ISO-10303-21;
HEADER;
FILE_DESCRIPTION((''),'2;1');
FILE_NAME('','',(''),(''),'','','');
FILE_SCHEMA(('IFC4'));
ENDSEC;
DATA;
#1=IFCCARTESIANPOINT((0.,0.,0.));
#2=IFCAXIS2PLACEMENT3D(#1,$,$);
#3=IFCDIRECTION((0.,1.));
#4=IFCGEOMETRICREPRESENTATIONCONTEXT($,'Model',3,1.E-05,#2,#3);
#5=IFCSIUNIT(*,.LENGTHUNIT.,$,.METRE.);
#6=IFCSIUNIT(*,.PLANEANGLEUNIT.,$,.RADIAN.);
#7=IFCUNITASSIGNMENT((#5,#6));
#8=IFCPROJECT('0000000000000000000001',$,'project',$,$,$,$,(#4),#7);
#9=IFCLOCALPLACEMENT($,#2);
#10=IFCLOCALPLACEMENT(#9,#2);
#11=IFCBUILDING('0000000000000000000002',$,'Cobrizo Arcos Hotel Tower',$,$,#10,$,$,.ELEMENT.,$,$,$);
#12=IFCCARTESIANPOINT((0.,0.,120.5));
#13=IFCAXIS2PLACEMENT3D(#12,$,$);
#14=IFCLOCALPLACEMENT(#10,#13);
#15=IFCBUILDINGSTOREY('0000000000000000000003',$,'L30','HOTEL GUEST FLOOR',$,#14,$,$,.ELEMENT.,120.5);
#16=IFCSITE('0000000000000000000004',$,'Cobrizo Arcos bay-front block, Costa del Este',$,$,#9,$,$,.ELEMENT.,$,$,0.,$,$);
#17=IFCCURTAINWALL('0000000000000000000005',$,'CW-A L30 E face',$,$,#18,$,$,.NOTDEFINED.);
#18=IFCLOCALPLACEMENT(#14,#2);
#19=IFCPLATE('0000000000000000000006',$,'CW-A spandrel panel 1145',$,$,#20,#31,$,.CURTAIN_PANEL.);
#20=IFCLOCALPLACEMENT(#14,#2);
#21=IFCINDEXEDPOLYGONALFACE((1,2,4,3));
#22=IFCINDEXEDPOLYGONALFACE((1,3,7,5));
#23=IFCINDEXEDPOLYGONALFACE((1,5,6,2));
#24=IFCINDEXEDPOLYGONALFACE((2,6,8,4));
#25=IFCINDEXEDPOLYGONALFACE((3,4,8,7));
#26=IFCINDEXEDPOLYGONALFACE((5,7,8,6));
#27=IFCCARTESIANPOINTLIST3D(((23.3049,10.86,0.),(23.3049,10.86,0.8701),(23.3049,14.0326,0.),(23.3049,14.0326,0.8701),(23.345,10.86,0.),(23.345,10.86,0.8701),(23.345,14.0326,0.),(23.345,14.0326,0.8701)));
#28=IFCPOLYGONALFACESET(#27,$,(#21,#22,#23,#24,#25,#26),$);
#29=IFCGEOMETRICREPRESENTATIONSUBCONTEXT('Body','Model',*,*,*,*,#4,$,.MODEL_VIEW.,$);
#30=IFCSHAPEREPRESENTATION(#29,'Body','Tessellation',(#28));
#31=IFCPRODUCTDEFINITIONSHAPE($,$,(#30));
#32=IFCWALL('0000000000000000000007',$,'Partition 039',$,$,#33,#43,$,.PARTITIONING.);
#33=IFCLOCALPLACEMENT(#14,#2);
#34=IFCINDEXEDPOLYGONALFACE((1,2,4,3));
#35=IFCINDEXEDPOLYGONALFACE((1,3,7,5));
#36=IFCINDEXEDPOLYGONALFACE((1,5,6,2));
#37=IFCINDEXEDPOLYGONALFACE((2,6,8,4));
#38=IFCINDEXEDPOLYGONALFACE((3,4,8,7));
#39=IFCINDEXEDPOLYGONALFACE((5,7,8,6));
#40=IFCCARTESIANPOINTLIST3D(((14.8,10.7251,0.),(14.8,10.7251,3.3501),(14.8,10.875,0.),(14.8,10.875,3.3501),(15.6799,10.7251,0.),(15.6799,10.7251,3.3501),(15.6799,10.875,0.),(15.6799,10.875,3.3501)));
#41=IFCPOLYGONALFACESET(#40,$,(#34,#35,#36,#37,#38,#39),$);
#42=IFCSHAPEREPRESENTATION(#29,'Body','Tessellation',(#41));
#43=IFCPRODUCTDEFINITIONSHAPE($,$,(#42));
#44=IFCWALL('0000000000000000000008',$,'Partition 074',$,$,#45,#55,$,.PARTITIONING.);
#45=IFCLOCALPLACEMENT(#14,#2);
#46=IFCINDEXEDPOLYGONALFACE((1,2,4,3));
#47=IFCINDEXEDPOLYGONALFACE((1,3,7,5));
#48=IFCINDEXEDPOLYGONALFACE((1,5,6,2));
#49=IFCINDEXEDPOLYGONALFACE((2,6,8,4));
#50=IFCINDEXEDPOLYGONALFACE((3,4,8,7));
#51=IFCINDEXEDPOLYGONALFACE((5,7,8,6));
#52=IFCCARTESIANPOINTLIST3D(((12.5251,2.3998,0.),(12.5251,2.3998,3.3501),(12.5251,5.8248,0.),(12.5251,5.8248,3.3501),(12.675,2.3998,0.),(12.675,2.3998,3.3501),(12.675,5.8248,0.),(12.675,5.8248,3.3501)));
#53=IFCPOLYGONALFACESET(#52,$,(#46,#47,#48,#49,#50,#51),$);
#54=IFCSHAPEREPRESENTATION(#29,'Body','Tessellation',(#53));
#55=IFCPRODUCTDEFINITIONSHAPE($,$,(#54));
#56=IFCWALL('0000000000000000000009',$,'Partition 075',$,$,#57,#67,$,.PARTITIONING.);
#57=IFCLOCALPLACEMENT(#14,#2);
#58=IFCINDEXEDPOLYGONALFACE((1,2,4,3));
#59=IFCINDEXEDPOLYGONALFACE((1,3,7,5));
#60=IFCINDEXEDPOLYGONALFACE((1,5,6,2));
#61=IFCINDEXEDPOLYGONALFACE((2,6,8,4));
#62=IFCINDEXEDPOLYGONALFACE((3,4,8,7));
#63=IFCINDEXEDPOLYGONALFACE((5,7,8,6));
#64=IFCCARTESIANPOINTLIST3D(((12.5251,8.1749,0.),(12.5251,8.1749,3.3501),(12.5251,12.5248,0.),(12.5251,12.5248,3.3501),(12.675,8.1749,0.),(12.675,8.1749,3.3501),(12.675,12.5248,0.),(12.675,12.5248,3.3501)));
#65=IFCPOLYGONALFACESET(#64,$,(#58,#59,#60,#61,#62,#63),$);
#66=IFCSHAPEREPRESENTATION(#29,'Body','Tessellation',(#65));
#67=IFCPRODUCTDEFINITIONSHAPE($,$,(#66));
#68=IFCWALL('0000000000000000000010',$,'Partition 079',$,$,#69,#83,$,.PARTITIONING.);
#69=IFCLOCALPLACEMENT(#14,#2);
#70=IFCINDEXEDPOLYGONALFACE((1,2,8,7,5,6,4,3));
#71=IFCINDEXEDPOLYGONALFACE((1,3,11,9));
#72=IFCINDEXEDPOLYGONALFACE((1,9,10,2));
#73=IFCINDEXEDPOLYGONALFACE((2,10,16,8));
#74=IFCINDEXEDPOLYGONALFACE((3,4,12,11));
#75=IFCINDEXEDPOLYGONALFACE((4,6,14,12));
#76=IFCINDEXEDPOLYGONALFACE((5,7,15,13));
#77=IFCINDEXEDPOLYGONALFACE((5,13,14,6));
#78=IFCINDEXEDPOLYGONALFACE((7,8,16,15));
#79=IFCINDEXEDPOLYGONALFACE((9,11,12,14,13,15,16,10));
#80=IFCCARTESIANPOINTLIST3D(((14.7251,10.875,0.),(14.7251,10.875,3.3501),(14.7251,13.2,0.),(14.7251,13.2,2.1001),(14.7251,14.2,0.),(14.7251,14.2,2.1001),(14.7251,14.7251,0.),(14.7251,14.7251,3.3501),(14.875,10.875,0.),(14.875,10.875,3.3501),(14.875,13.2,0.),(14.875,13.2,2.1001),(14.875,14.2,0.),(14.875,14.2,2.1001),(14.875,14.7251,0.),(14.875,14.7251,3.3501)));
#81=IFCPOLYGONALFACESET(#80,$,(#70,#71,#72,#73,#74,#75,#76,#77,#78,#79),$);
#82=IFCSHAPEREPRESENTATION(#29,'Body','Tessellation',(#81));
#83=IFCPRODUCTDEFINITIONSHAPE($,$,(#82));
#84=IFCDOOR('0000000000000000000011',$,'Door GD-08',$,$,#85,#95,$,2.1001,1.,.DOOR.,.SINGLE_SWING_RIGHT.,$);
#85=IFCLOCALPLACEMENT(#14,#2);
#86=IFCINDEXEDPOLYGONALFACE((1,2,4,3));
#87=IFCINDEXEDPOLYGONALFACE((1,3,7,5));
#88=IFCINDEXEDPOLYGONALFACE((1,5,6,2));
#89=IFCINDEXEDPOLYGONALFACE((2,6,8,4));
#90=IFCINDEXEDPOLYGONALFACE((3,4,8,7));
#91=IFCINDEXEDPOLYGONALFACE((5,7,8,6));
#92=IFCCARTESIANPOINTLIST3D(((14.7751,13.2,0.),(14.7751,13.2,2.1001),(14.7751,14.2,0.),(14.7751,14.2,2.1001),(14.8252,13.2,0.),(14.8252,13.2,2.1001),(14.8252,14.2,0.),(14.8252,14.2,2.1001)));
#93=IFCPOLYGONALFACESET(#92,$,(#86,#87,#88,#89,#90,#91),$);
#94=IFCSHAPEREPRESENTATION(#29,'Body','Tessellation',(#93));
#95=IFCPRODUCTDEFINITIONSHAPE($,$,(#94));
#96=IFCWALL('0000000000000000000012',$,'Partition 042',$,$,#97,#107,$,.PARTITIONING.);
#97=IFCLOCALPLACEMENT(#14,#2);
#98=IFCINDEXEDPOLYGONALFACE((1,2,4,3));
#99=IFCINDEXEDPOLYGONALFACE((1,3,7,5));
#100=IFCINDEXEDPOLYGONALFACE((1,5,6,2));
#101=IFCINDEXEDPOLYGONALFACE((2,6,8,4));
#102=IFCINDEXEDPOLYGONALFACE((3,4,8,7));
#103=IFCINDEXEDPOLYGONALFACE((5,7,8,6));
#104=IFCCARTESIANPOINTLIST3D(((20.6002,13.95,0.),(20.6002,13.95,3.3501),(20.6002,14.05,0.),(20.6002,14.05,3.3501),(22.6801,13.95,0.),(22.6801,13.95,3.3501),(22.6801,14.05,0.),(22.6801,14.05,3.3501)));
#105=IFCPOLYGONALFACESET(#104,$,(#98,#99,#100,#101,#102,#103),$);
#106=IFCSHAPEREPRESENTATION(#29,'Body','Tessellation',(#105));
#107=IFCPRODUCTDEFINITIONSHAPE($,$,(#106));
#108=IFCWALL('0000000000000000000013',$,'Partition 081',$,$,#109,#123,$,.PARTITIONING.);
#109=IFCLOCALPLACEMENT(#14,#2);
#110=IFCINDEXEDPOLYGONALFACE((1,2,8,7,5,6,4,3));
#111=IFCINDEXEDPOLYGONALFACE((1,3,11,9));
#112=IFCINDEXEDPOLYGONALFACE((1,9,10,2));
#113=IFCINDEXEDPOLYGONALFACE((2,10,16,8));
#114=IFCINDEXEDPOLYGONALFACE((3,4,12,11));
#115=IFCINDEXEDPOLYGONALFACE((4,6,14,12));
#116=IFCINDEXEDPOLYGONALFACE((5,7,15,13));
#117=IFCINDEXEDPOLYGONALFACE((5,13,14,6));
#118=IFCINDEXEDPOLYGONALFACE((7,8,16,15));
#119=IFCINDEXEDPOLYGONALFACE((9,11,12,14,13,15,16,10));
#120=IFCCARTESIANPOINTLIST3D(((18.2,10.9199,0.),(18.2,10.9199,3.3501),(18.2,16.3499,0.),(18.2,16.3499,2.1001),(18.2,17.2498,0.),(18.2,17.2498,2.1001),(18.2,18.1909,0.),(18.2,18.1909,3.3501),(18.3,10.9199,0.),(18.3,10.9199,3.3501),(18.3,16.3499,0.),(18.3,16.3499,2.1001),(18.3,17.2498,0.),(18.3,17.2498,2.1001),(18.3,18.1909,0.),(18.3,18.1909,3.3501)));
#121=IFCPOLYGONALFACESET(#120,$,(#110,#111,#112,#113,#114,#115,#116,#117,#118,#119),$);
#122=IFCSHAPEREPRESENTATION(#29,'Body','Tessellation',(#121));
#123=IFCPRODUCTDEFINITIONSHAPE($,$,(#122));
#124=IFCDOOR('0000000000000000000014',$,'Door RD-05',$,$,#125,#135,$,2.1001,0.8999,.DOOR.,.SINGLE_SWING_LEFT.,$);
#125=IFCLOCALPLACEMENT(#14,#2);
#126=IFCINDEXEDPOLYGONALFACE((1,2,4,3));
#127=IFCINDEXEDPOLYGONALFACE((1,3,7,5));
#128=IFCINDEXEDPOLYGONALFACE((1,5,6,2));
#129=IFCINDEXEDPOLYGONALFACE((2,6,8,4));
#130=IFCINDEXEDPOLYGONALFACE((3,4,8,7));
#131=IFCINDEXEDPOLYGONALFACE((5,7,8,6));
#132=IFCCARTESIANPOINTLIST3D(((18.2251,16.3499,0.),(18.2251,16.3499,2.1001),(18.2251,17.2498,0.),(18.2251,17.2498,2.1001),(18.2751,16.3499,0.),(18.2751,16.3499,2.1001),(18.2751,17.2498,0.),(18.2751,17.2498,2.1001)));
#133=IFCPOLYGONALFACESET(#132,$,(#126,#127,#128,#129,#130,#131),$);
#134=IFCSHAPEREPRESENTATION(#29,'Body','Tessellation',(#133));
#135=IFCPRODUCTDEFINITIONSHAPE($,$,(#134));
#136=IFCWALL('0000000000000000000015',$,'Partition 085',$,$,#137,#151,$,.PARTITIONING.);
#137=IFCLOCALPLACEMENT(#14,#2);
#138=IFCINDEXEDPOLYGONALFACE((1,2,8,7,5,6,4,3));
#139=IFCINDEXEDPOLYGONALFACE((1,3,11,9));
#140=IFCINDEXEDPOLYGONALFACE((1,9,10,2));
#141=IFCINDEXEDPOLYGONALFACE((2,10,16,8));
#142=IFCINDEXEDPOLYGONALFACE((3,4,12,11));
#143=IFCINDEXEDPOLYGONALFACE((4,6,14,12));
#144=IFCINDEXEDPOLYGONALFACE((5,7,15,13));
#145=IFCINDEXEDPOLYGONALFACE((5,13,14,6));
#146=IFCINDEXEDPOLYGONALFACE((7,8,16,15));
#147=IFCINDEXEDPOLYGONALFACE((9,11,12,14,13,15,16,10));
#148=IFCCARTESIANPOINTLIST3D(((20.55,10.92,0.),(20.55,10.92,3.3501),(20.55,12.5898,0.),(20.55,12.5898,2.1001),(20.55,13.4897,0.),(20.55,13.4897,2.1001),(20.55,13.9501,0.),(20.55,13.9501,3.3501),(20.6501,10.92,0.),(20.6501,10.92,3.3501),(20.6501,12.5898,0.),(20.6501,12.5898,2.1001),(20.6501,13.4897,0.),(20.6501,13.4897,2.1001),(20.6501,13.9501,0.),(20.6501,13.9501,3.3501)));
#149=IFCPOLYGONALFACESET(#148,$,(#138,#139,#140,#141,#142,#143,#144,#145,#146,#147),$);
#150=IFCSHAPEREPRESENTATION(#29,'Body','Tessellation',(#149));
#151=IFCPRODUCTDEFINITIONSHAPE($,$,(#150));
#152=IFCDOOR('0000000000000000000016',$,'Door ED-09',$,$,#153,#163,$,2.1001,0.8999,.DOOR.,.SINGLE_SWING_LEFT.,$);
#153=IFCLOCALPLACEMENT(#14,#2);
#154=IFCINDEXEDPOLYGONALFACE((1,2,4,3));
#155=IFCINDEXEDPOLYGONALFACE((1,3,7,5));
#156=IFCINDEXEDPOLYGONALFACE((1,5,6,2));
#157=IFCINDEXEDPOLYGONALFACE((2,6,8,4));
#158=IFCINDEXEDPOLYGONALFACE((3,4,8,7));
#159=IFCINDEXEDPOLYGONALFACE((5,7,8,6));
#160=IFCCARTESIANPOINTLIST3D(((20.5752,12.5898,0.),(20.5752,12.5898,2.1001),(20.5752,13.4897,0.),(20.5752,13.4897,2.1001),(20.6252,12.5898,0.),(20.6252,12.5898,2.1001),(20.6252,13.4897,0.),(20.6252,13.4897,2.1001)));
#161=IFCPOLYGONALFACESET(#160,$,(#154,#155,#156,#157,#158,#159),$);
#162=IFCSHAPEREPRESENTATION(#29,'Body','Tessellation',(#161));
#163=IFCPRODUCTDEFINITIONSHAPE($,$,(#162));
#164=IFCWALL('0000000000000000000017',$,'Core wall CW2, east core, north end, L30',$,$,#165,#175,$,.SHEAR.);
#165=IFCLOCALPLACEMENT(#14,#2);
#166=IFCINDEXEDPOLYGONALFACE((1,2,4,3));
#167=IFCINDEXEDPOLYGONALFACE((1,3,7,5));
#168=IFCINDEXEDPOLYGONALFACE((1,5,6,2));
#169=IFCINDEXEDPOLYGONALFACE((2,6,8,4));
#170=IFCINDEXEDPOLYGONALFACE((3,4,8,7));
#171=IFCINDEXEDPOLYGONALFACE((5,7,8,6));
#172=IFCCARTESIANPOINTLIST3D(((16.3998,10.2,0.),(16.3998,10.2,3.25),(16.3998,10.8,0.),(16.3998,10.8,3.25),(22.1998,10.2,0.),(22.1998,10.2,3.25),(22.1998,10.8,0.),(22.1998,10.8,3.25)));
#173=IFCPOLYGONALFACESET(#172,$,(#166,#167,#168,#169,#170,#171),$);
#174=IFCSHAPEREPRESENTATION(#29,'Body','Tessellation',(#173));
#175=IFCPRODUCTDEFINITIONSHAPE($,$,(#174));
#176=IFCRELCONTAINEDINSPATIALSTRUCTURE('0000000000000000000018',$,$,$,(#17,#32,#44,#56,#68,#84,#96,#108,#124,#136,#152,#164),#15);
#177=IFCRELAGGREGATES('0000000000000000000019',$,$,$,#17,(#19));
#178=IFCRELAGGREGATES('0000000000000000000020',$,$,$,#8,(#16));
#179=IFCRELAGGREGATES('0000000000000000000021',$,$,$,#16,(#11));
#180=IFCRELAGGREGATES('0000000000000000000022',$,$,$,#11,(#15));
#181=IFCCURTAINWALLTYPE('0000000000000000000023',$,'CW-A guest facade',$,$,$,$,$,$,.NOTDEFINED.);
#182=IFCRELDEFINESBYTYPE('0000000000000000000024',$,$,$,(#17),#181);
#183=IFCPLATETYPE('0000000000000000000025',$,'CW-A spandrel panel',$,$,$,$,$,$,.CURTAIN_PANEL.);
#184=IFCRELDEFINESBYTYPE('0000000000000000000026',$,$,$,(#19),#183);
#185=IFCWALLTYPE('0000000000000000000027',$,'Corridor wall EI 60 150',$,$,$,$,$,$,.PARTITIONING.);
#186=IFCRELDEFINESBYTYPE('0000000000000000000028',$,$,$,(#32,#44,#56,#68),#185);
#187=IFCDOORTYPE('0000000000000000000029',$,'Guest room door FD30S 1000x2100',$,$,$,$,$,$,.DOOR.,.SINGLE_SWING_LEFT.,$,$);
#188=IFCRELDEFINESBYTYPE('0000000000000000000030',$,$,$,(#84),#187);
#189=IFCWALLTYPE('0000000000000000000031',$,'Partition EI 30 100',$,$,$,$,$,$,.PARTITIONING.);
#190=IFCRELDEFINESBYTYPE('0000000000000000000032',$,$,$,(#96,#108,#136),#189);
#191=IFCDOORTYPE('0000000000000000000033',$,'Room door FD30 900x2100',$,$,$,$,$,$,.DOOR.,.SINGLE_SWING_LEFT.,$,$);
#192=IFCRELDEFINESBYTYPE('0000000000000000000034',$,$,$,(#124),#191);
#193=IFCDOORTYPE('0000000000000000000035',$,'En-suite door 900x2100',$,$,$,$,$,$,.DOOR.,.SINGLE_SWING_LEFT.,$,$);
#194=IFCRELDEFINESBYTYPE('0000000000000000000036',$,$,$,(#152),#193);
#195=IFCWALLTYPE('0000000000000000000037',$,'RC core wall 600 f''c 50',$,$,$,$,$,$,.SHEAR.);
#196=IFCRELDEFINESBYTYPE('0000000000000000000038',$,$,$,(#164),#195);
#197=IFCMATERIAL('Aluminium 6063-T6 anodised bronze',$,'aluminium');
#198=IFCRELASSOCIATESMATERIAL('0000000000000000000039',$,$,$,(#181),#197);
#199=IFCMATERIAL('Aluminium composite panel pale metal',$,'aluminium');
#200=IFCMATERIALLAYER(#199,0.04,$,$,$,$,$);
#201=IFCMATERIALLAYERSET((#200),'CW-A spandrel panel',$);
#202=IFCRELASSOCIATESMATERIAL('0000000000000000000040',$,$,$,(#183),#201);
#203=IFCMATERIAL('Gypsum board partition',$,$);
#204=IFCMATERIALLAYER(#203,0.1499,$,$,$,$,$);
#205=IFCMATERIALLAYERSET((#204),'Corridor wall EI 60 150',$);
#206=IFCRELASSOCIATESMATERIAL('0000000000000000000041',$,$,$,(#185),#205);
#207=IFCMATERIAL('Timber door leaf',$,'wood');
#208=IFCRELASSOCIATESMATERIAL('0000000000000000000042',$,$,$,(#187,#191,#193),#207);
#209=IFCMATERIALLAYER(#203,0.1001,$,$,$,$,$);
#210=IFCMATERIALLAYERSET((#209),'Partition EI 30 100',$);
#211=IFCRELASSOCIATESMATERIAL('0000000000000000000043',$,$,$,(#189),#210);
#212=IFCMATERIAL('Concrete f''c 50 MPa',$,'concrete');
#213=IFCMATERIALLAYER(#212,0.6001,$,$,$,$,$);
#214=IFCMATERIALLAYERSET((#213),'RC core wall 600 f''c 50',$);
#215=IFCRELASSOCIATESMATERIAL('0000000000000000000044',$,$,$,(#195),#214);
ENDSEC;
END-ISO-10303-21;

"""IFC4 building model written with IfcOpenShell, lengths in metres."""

from ifc_helpers import new_model, si_unit, direction, frame, frame_2d, origin, origin_2d, place, context, subcontext, project, spatial, rectangle, extrude, material, layer, layer_set, type_object, element, fill, aggregate, save


model = new_model("IFC4")

# Units and contexts
model_context = context("Model", 3, precision=1e-05, world=origin(), true_north=direction((0.0, 1.0)))
body_context = subcontext(model_context, "Body", "Model", "MODEL_VIEW")
ifc_project = project(units=[si_unit("LENGTHUNIT", "METRE"), si_unit("PLANEANGLEUNIT", "RADIAN")], contexts=[model_context])

# Site, building, storey
site_placement = place(None, origin())
site = spatial("IfcSite", under=ifc_project, at=site_placement, Name="Cobrizo Arcos bay-front block, Costa del Este", CompositionType="ELEMENT", RefElevation=0.0)
building_placement = place(site_placement, origin())
building = spatial("IfcBuilding", under=site, at=building_placement, Name="Cobrizo Arcos Hotel Tower", CompositionType="ELEMENT")
storey_placement = place(building_placement, frame((0.0, 0.0, 120.5)))
storey = spatial("IfcBuildingStorey", under=building, at=storey_placement, Name="L30", Description="HOTEL GUEST FLOOR", CompositionType="ELEMENT", Elevation=120.5)

# Curtain wall
ifc_material_1 = material(Name="Aluminium 6063-T6 anodised bronze", Category="aluminium")
curtain_wall_type = type_object("IfcCurtainWallType", Name="CW-A guest facade", PredefinedType="NOTDEFINED", material=ifc_material_1)
curtain_wall_placement = place(storey_placement, origin())
curtain_wall = element("IfcCurtainWall", 1, at=curtain_wall_placement, inside=storey, type_object=curtain_wall_type, Name="CW-A L30 E face", PredefinedType="NOTDEFINED")

# Plate
ifc_material_2 = material(Name="Aluminium composite panel pale metal", Category="aluminium")
ifc_layer_1 = layer(ifc_material_2, 0.04)
ifc_layer_set_1 = layer_set([ifc_layer_1], Name="CW-A spandrel panel")
plate_type_1 = type_object("IfcPlateType", Name="CW-A spandrel panel", PredefinedType="CURTAIN_PANEL", material=ifc_layer_set_1)
plate_1_placement = place(storey_placement, frame((23.325, 12.4463, 0.0), z_axis=(0.0, 0.0, 1.0), x_axis=(0.0, 1.0, 0.0)))
plate_1 = element("IfcPlate", 2, at=plate_1_placement, type_object=plate_type_1, Name="CW-A spandrel panel 1145", PredefinedType="CURTAIN_PANEL", context=body_context, shape_type="SweptSolid", body=[
    extrude(rectangle(XDim=3.1726, YDim=0.04, at=origin_2d()), origin(), (0.0, 0.0, 1.0), 0.8701),
])
aggregate(curtain_wall, [plate_1])

# Walls
ifc_material_3 = material(Name="Gypsum board partition")
ifc_layer_2 = layer(ifc_material_3, 0.1499)
ifc_layer_set_2 = layer_set([ifc_layer_2], Name="Corridor wall EI 60 150")
wall_type_1 = type_object("IfcWallType", Name="Corridor wall EI 60 150", PredefinedType="PARTITIONING", material=ifc_layer_set_2)
wall_1_placement = place(storey_placement, frame((14.8, 10.8, 0.0), z_axis=(0.0, 0.0, 1.0), x_axis=(1.0, 0.0, 0.0)))
element("IfcWall", 3, at=wall_1_placement, inside=storey, type_object=wall_type_1, Name="Partition 039", PredefinedType="PARTITIONING", context=body_context, shape_type="SweptSolid", body=[
    extrude(rectangle(XDim=0.8799, YDim=0.1499, at=frame_2d((0.4399, 0.0))), origin(), (0.0, 0.0, 1.0), 3.3501),
])
wall_2_placement = place(storey_placement, frame((12.6001, 2.3999, 0.0), z_axis=(0.0, 0.0, 1.0), x_axis=(0.0, 1.0, 0.0)))
element("IfcWall", 4, at=wall_2_placement, inside=storey, type_object=wall_type_1, Name="Partition 074", PredefinedType="PARTITIONING", context=body_context, shape_type="SweptSolid", body=[
    extrude(rectangle(XDim=3.425, YDim=0.1499, at=frame_2d((1.7124, 0.0))), origin(), (0.0, 0.0, 1.0), 3.3501),
])
wall_3_placement = place(storey_placement, frame((12.6001, 8.175, 0.0), z_axis=(0.0, 0.0, 1.0), x_axis=(0.0, 1.0, 0.0)))
element("IfcWall", 5, at=wall_3_placement, inside=storey, type_object=wall_type_1, Name="Partition 075", PredefinedType="PARTITIONING", context=body_context, shape_type="SweptSolid", body=[
    extrude(rectangle(XDim=4.3499, YDim=0.1499, at=frame_2d((2.1748, 0.0))), origin(), (0.0, 0.0, 1.0), 3.3501),
])

# Wall, opening, door
wall_4_placement = place(storey_placement, frame((14.8, 10.875, 0.0), z_axis=(0.0, 0.0, 1.0), x_axis=(0.0, 1.0, 0.0)))
wall_4 = element("IfcWall", 6, at=wall_4_placement, inside=storey, type_object=wall_type_1, Name="Partition 079", PredefinedType="PARTITIONING", context=body_context, shape_type="SweptSolid", body=[
    extrude(rectangle(XDim=3.8501, YDim=0.1499, at=frame_2d((1.925, 0.0))), origin(), (0.0, 0.0, 1.0), 3.3501),
])
opening_1_placement = place(wall_4_placement, frame((2.325, 0.0, 0.0)))
opening_1 = element("IfcOpeningElement", 7, at=opening_1_placement, cuts=wall_4, PredefinedType="OPENING", context=body_context, shape_type="SweptSolid", body=[
    extrude(rectangle(XDim=1.0, YDim=2.1001, at=frame_2d((0.5, 1.05))), frame((0.0, 0.0869, 0.0), z_axis=(0.0, -1.0, 0.0), x_axis=(1.0, 0.0, 0.0)), (0.0, 0.0, 1.0), 0.1738),
])
ifc_material_4 = material(Name="Timber door leaf", Category="wood")
door_type_1 = type_object("IfcDoorType", Name="Guest room door FD30S 1000x2100", OperationType="SINGLE_SWING_LEFT", PredefinedType="DOOR", material=ifc_material_4)
door_1_placement = place(opening_1_placement, origin())
door_1 = element("IfcDoor", 8, at=door_1_placement, inside=storey, type_object=door_type_1, Name="Door GD-08", OperationType="SINGLE_SWING_RIGHT", OverallHeight=2.1001, OverallWidth=1.0, PredefinedType="DOOR", context=body_context, shape_type="SweptSolid", body=[
    extrude(rectangle(XDim=1.0, YDim=2.1001, at=frame_2d((0.5, 1.05))), frame((0.0, 0.0249, 0.0), z_axis=(0.0, -1.0, 0.0), x_axis=(1.0, 0.0, 0.0)), (0.0, 0.0, 1.0), 0.05),
])
fill(opening_1, door_1)

# Wall
ifc_layer_3 = layer(ifc_material_3, 0.1001)
ifc_layer_set_3 = layer_set([ifc_layer_3], Name="Partition EI 30 100")
wall_type_2 = type_object("IfcWallType", Name="Partition EI 30 100", PredefinedType="PARTITIONING", material=ifc_layer_set_3)
wall_5_placement = place(storey_placement, frame((20.6001, 14.0, 0.0), z_axis=(0.0, 0.0, 1.0), x_axis=(1.0, 0.0, 0.0)))
element("IfcWall", 9, at=wall_5_placement, inside=storey, type_object=wall_type_2, Name="Partition 042", PredefinedType="PARTITIONING", context=body_context, shape_type="SweptSolid", body=[
    extrude(rectangle(XDim=2.0798, YDim=0.1001, at=frame_2d((1.04, 0.0))), origin(), (0.0, 0.0, 1.0), 3.3501),
])

# Walls, openings, doors
wall_6_placement = place(storey_placement, frame((18.25, 10.9199, 0.0), z_axis=(0.0, 0.0, 1.0), x_axis=(0.0, 1.0, 0.0)))
wall_6 = element("IfcWall", 10, at=wall_6_placement, inside=storey, type_object=wall_type_2, Name="Partition 081", PredefinedType="PARTITIONING", context=body_context, shape_type="SweptSolid", body=[
    extrude(rectangle(XDim=7.271, YDim=0.1001, at=frame_2d((3.6355, 0.0))), origin(), (0.0, 0.0, 1.0), 3.3501),
])
opening_2_placement = place(wall_6_placement, frame((5.4299, 0.0, 0.0)))
opening_2 = element("IfcOpeningElement", 11, at=opening_2_placement, cuts=wall_6, PredefinedType="OPENING", context=body_context, shape_type="SweptSolid", body=[
    extrude(rectangle(XDim=0.8999, YDim=2.1001, at=frame_2d((0.45, 1.05))), frame((0.0, 0.062, 0.0), z_axis=(0.0, -1.0, 0.0), x_axis=(1.0, 0.0, 0.0)), (0.0, 0.0, 1.0), 0.124),
])
door_type_2 = type_object("IfcDoorType", Name="Room door FD30 900x2100", OperationType="SINGLE_SWING_LEFT", PredefinedType="DOOR", material=ifc_material_4)
door_2_placement = place(opening_2_placement, origin())
door_2 = element("IfcDoor", 12, at=door_2_placement, inside=storey, type_object=door_type_2, Name="Door RD-05", OperationType="SINGLE_SWING_LEFT", OverallHeight=2.1001, OverallWidth=0.8999, PredefinedType="DOOR", context=body_context, shape_type="SweptSolid", body=[
    extrude(rectangle(XDim=0.8999, YDim=2.1001, at=frame_2d((0.45, 1.05))), frame((0.0, 0.0249, 0.0), z_axis=(0.0, -1.0, 0.0), x_axis=(1.0, 0.0, 0.0)), (0.0, 0.0, 1.0), 0.05),
])
fill(opening_2, door_2)
wall_7_placement = place(storey_placement, frame((20.6001, 10.9199, 0.0), z_axis=(0.0, 0.0, 1.0), x_axis=(0.0, 1.0, 0.0)))
wall_7 = element("IfcWall", 13, at=wall_7_placement, inside=storey, type_object=wall_type_2, Name="Partition 085", PredefinedType="PARTITIONING", context=body_context, shape_type="SweptSolid", body=[
    extrude(rectangle(XDim=3.03, YDim=0.1001, at=frame_2d((1.5151, 0.0))), origin(), (0.0, 0.0, 1.0), 3.3501),
])
opening_3_placement = place(wall_7_placement, frame((1.6699, 0.0, 0.0)))
opening_3 = element("IfcOpeningElement", 14, at=opening_3_placement, cuts=wall_7, PredefinedType="OPENING", context=body_context, shape_type="SweptSolid", body=[
    extrude(rectangle(XDim=0.8999, YDim=2.1001, at=frame_2d((0.45, 1.05))), frame((0.0, 0.062, 0.0), z_axis=(0.0, -1.0, 0.0), x_axis=(1.0, 0.0, 0.0)), (0.0, 0.0, 1.0), 0.124),
])
door_type_3 = type_object("IfcDoorType", Name="En-suite door 900x2100", OperationType="SINGLE_SWING_LEFT", PredefinedType="DOOR", material=ifc_material_4)
door_3_placement = place(opening_3_placement, origin())
door_3 = element("IfcDoor", 15, at=door_3_placement, inside=storey, type_object=door_type_3, Name="Door ED-09", OperationType="SINGLE_SWING_LEFT", OverallHeight=2.1001, OverallWidth=0.8999, PredefinedType="DOOR", context=body_context, shape_type="SweptSolid", body=[
    extrude(rectangle(XDim=0.8999, YDim=2.1001, at=frame_2d((0.45, 1.05))), frame((0.0, 0.0249, 0.0), z_axis=(0.0, -1.0, 0.0), x_axis=(1.0, 0.0, 0.0)), (0.0, 0.0, 1.0), 0.05),
])
fill(opening_3, door_3)

# Wall
ifc_material_5 = material(Name="Concrete f'c 50 MPa", Category="concrete")
ifc_layer_4 = layer(ifc_material_5, 0.6001)
ifc_layer_set_4 = layer_set([ifc_layer_4], Name="RC core wall 600 f'c 50")
wall_type_3 = type_object("IfcWallType", Name="RC core wall 600 f'c 50", PredefinedType="SHEAR", material=ifc_layer_set_4)
wall_8_placement = place(storey_placement, frame((16.3999, 10.5, 0.0), z_axis=(0.0, 0.0, 1.0), x_axis=(1.0, 0.0, 0.0)))
element("IfcWall", 16, at=wall_8_placement, inside=storey, type_object=wall_type_3, Name="Core wall CW2, east core, north end, L30", PredefinedType="SHEAR", context=body_context, shape_type="SweptSolid", body=[
    extrude(rectangle(XDim=5.8, YDim=0.6001, at=frame_2d((2.8999, 0.0))), origin(), (0.0, 0.0, 1.0), 3.25),
])

save(model, "model.ifc")
